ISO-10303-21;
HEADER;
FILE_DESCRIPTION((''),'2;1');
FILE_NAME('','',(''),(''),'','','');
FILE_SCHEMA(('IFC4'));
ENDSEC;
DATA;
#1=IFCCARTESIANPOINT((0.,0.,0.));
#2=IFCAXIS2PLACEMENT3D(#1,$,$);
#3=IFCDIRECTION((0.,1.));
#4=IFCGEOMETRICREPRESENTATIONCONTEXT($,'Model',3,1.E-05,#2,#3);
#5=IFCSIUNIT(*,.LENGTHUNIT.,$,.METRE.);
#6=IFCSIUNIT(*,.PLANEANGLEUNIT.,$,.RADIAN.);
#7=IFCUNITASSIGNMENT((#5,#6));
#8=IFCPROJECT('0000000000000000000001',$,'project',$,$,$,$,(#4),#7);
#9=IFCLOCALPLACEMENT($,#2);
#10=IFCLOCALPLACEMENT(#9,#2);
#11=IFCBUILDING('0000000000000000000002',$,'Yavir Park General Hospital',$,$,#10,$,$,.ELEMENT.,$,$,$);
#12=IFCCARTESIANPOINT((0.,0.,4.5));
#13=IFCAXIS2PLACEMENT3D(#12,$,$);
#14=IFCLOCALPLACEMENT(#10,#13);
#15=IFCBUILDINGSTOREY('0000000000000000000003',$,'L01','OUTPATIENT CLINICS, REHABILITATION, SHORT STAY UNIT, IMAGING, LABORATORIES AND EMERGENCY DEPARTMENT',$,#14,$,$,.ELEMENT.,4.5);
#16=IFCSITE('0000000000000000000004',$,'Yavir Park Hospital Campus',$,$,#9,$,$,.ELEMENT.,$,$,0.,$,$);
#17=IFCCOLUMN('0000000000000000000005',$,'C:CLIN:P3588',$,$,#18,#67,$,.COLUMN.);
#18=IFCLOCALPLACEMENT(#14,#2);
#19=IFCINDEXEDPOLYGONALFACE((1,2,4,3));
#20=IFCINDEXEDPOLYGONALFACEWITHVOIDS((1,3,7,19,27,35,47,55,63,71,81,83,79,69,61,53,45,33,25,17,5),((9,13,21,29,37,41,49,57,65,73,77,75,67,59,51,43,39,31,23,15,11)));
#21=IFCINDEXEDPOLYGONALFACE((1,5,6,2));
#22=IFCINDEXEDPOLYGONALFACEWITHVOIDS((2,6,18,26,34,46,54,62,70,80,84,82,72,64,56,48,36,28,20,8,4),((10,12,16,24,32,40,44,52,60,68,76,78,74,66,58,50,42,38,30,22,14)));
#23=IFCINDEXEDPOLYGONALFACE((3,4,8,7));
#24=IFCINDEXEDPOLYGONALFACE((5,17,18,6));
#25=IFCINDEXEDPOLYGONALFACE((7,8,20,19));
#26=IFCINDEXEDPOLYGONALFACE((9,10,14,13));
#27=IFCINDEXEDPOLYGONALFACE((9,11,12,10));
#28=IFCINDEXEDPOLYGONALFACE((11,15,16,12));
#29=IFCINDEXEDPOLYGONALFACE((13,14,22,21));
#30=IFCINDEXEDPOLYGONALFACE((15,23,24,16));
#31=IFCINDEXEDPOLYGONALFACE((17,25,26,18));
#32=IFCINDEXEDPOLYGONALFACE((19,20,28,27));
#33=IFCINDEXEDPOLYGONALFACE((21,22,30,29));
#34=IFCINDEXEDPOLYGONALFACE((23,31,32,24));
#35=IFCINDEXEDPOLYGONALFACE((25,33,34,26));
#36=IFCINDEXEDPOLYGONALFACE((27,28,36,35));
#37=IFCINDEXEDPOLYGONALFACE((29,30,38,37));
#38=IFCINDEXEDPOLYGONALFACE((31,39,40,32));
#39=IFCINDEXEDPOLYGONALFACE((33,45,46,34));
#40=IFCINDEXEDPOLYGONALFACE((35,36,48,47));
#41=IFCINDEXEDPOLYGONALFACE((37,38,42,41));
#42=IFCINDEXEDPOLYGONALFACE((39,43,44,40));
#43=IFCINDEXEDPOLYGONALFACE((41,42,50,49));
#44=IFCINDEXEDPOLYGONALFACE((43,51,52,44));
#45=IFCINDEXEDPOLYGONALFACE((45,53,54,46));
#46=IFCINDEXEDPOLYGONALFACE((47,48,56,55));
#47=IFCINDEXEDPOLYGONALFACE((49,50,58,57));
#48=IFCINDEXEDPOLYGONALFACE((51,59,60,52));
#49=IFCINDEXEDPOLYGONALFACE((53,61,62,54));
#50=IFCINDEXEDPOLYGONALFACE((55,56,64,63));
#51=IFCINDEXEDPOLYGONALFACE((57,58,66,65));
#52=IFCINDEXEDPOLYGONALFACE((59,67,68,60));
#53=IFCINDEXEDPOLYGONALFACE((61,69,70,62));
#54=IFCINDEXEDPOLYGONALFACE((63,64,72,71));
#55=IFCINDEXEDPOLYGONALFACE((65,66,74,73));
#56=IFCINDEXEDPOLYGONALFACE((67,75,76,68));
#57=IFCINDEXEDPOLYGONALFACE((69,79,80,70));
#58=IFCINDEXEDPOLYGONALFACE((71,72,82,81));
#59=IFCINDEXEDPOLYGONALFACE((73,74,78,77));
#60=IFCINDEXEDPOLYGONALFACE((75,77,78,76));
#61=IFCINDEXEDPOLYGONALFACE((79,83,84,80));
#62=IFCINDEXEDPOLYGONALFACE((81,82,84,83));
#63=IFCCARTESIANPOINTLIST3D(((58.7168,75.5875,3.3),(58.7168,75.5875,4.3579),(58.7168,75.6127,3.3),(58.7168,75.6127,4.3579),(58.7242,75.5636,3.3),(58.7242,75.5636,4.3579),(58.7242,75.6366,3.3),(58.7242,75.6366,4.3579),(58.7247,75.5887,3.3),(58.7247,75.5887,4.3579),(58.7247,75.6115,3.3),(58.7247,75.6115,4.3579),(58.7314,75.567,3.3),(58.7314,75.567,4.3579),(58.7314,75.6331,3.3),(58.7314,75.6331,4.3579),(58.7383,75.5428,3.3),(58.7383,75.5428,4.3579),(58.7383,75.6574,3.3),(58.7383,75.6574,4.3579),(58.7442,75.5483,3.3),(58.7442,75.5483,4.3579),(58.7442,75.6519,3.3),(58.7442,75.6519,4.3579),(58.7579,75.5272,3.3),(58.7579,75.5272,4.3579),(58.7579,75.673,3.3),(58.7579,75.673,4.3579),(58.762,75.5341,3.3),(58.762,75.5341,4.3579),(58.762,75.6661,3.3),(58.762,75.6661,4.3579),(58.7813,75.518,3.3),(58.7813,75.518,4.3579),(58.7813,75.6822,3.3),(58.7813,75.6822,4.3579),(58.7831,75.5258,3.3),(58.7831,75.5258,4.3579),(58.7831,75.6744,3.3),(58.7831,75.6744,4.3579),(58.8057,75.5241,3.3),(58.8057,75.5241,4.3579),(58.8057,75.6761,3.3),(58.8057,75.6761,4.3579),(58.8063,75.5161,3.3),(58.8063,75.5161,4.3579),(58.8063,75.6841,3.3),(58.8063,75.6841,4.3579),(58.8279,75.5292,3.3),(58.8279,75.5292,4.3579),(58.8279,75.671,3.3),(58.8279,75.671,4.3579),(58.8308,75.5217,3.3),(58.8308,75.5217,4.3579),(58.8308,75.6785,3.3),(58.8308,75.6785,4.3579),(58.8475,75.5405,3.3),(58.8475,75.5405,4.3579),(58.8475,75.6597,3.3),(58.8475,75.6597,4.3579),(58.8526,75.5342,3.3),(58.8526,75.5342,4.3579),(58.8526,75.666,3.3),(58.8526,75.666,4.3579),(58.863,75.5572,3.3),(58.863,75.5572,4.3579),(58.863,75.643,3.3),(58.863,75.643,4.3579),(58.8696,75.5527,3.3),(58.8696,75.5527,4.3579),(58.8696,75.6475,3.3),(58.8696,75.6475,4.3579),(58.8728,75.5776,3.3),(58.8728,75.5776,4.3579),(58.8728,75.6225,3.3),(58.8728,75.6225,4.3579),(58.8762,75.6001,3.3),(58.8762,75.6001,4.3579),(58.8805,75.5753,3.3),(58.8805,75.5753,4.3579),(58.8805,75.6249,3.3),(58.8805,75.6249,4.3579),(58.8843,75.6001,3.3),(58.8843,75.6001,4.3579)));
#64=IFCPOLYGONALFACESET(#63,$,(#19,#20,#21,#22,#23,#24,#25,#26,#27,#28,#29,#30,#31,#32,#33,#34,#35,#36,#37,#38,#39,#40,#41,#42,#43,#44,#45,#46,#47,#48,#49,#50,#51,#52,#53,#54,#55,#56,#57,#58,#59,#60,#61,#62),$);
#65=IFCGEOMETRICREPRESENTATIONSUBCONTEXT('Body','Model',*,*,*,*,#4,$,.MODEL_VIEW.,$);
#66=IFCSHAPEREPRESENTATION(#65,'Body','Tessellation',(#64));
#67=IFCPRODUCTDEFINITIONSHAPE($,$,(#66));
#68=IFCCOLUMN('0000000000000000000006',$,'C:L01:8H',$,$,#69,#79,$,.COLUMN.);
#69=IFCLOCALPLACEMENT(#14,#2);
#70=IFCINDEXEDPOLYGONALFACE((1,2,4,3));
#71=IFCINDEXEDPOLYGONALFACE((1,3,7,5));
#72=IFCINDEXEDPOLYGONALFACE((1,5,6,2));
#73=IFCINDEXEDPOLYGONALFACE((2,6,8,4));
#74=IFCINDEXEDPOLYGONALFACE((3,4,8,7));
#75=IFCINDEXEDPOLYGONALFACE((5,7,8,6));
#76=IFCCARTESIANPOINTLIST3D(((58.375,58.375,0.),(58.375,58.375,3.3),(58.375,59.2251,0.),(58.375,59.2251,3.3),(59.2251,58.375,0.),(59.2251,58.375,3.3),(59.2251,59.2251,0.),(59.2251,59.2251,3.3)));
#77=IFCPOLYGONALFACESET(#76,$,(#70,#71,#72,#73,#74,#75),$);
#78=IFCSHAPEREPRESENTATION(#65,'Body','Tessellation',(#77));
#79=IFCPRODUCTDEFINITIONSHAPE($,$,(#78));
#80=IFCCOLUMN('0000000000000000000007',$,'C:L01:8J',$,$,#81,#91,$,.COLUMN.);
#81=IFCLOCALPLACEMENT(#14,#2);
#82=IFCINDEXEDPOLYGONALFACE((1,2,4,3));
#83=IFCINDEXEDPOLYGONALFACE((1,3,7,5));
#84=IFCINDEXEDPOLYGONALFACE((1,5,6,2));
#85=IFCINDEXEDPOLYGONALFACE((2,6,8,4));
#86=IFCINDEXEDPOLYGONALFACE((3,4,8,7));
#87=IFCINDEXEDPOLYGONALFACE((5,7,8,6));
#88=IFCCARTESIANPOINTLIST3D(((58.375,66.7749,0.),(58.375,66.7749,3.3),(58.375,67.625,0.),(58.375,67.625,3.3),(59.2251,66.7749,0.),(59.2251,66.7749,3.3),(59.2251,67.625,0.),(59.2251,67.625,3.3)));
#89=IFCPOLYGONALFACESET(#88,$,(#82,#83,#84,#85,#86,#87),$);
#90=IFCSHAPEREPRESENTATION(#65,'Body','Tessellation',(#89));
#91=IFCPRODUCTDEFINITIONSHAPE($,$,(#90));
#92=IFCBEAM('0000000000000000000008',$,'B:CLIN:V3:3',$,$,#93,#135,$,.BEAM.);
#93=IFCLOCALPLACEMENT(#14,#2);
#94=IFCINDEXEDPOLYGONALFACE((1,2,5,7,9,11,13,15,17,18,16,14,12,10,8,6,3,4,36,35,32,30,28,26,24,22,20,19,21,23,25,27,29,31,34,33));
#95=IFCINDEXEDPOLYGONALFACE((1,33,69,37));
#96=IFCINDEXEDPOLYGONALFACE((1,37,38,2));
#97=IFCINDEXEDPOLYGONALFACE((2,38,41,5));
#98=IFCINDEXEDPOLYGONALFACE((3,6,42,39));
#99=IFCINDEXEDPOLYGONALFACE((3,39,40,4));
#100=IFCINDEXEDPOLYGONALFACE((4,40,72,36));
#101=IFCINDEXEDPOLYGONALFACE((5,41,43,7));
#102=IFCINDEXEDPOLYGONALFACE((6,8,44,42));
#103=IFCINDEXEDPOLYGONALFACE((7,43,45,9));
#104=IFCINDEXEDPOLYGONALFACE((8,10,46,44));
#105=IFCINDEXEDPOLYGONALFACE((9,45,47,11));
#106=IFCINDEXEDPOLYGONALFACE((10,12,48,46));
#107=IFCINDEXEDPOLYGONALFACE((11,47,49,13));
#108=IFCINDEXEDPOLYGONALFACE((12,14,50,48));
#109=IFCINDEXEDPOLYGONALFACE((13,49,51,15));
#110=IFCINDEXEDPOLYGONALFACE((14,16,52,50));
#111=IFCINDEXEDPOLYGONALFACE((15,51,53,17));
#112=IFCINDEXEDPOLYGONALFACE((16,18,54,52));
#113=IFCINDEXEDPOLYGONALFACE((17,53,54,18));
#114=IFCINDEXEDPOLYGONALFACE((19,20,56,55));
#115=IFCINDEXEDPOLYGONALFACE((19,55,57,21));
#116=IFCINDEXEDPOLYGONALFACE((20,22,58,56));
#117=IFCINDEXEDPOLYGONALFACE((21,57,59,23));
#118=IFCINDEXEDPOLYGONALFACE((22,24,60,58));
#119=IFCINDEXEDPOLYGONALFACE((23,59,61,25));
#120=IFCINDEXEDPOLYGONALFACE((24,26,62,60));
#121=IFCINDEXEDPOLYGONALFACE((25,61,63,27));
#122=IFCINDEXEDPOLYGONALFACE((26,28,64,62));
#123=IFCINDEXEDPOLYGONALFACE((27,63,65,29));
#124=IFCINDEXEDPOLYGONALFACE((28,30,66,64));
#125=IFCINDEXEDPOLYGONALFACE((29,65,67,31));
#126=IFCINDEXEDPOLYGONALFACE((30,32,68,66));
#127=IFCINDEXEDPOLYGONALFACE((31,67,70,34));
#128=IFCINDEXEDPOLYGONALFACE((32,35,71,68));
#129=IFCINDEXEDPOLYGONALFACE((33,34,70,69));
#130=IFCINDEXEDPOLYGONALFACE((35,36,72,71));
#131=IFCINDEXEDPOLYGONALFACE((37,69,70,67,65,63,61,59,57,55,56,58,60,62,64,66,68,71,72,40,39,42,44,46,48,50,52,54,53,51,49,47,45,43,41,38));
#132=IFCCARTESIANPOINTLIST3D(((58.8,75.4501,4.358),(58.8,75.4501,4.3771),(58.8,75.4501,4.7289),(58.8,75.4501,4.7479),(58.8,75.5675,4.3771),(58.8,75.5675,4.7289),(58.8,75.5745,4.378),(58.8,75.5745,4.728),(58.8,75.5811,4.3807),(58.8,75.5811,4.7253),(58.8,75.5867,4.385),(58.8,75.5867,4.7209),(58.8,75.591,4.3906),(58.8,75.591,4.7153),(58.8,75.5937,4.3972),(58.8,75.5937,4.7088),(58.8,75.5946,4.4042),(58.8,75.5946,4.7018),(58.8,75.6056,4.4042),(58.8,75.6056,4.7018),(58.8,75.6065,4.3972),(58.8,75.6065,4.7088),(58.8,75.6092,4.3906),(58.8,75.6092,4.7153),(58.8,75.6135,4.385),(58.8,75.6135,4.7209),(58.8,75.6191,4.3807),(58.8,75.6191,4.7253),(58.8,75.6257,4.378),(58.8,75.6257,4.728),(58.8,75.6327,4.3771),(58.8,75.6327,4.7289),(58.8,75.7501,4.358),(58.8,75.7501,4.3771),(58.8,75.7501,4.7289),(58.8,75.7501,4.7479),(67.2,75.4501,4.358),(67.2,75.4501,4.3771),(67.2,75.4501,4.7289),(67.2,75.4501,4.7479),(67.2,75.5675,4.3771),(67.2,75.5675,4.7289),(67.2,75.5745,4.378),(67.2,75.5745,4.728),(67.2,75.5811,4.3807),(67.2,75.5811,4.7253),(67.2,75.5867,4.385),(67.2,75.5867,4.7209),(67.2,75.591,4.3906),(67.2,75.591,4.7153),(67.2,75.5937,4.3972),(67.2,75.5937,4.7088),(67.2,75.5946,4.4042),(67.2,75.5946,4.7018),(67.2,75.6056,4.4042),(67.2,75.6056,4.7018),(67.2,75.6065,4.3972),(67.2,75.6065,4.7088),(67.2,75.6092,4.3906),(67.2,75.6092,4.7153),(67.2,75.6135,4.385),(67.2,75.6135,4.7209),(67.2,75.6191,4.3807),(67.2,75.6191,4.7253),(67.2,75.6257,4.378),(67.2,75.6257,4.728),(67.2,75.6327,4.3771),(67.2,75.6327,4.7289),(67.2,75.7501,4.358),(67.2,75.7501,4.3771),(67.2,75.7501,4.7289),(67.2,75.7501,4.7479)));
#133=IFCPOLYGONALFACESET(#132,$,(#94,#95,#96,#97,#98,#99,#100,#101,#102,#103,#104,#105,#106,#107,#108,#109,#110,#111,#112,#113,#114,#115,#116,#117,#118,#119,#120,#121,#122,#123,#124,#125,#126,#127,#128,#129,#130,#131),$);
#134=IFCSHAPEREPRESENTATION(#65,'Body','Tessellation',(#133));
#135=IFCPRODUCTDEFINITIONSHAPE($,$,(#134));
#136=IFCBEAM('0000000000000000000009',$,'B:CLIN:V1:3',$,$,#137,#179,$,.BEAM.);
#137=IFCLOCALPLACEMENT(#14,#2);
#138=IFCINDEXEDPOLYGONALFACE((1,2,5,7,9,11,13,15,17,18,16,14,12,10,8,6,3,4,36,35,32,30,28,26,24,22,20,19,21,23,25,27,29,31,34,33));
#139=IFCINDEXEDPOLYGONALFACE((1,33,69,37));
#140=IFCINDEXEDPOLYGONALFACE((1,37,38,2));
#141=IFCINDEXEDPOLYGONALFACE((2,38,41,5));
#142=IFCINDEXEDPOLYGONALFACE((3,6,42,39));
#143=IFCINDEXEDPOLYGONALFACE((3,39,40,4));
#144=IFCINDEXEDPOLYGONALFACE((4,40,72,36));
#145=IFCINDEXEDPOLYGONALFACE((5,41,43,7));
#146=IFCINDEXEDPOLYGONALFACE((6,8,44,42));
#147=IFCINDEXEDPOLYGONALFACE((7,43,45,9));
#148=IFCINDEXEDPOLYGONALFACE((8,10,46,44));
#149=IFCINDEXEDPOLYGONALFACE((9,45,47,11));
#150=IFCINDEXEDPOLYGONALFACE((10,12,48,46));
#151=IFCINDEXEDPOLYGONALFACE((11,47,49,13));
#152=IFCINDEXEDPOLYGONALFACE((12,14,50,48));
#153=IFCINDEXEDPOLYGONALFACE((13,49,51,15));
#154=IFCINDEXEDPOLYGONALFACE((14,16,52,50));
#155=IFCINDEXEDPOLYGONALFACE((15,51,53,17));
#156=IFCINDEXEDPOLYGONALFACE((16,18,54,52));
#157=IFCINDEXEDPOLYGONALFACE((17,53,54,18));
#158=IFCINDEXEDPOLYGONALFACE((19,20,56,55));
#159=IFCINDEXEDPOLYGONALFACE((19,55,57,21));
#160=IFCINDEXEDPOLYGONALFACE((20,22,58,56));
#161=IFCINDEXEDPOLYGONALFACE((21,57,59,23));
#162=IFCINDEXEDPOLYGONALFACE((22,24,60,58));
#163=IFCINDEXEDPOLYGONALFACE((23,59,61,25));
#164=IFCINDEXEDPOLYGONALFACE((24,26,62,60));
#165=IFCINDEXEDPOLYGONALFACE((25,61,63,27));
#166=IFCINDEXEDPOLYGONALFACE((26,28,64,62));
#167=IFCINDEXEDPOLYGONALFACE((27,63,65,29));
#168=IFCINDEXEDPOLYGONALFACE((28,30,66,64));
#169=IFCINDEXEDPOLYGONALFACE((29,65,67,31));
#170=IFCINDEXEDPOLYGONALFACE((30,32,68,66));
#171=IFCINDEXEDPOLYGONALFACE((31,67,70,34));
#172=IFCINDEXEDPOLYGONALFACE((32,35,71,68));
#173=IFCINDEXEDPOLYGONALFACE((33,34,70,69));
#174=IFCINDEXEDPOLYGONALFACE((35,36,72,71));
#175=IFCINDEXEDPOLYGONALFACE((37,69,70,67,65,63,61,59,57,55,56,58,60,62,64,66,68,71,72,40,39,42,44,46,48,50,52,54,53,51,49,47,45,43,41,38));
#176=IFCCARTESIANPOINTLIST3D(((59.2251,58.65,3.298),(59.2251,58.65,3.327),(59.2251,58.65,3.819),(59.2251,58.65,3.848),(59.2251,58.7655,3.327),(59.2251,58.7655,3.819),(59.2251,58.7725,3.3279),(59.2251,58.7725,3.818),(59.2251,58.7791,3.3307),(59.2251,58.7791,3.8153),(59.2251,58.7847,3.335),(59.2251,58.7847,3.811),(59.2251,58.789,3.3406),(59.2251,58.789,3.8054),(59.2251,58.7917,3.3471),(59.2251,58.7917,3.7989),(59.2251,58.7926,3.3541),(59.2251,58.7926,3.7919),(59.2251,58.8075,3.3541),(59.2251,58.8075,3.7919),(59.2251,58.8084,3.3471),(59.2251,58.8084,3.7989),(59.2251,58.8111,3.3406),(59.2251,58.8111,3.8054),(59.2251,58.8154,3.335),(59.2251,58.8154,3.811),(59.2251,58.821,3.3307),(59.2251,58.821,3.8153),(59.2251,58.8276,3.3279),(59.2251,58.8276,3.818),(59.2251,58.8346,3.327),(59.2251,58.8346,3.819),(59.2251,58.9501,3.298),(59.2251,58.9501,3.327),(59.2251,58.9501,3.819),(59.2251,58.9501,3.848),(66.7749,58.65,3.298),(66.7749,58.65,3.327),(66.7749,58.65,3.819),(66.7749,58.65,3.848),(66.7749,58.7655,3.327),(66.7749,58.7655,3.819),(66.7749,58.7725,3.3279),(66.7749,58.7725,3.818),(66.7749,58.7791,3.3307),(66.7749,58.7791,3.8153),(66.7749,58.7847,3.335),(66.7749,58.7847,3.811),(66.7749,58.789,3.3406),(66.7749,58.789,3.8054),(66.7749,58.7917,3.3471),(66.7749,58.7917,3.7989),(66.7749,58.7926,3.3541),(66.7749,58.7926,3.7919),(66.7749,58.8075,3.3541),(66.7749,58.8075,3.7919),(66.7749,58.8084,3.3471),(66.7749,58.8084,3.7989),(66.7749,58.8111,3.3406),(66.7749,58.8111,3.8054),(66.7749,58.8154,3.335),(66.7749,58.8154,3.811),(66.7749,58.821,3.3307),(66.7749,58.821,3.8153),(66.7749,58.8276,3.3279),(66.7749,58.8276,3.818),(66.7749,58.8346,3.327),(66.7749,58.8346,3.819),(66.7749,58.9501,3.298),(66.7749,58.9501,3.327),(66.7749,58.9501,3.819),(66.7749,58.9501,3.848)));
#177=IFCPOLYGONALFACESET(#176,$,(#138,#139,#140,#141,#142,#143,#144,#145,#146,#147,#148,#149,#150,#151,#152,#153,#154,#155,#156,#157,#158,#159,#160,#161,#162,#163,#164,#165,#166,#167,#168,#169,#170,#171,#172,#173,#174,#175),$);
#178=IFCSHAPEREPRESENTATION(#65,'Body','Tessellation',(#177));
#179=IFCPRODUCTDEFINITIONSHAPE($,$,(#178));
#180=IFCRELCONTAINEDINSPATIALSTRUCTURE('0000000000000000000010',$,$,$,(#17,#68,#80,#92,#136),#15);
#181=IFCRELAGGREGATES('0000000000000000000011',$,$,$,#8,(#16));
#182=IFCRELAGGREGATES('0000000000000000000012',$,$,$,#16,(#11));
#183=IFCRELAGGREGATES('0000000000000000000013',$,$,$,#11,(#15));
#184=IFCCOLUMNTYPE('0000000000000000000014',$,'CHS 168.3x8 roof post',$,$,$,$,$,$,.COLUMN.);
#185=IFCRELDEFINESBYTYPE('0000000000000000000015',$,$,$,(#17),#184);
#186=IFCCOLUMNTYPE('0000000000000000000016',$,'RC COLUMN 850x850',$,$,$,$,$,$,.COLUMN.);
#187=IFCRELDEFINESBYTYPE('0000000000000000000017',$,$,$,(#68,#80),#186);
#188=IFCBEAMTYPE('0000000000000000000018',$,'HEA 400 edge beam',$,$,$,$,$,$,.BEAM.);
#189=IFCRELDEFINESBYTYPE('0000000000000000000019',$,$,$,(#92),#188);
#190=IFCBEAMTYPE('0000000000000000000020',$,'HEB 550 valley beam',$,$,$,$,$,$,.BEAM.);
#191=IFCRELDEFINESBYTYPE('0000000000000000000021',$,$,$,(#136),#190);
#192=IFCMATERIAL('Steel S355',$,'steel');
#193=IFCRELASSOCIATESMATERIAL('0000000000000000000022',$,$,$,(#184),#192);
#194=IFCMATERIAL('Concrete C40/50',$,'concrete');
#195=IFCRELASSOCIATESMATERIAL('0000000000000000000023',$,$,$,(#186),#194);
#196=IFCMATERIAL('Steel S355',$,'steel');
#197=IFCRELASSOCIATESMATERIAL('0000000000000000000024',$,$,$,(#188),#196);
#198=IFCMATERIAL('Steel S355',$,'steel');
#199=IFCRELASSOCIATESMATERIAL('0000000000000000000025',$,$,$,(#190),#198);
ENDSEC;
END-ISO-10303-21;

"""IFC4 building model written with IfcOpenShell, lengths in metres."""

from ifc_helpers import new_model, si_unit, direction, frame, origin, origin_2d, place, context, subcontext, project, spatial, rectangle, hollow_circle, i_section, extrude, material, material_profile, profile_set, type_object, element, save


model = new_model("IFC4")

# Units and contexts
model_context = context("Model", 3, precision=1e-05, world=origin(), true_north=direction((0.0, 1.0)))
body_context = subcontext(model_context, "Body", "Model", "MODEL_VIEW")
ifc_project = project(units=[si_unit("LENGTHUNIT", "METRE"), si_unit("PLANEANGLEUNIT", "RADIAN")], contexts=[model_context])

# Site, building, storey
site_placement = place(None, origin())
site = spatial("IfcSite", under=ifc_project, at=site_placement, Name="Yavir Park Hospital Campus", CompositionType="ELEMENT", RefElevation=0.0)
building_placement = place(site_placement, origin())
building = spatial("IfcBuilding", under=site, at=building_placement, Name="Yavir Park General Hospital", CompositionType="ELEMENT")
storey_placement = place(building_placement, frame((0.0, 0.0, 4.5)))
storey = spatial("IfcBuildingStorey", under=building, at=storey_placement, Name="L01", Description="OUTPATIENT CLINICS, REHABILITATION, SHORT STAY UNIT, IMAGING, LABORATORIES AND EMERGENCY DEPARTMENT", CompositionType="ELEMENT", Elevation=4.5)

# Columns
ifc_material_1 = material(Name="Steel S355", Category="steel")
ifc_material_profile_1 = material_profile(ifc_material_1, hollow_circle(Radius=0.0842, WallThickness=0.0081, at=origin_2d()), Name="CHS168.3x8")
ifc_profile_set_1 = profile_set([ifc_material_profile_1], Name="Steel S355")
column_type_1 = type_object("IfcColumnType", Name="CHS 168.3x8 roof post", PredefinedType="COLUMN", material=ifc_profile_set_1)
column_placement = place(storey_placement, frame((58.8, 75.6001, 3.3), z_axis=(0.0, 0.0, 1.0), x_axis=(1.0, 0.0, 0.0)))
element("IfcColumn", 1, at=column_placement, inside=storey, type_object=column_type_1, Name="C:CLIN:P3588", PredefinedType="COLUMN", context=body_context, shape_type="SweptSolid", body=[
    extrude(hollow_circle(Radius=0.0842, WallThickness=0.0081, at=origin_2d()), origin(), (0.0, 0.0, 1.0), 1.0579),
])
ifc_material_2 = material(Name="Concrete C40/50", Category="concrete")
ifc_material_profile_2 = material_profile(ifc_material_2, rectangle(XDim=0.8501, YDim=0.8501, at=origin_2d()), Name="RC850x850")
ifc_profile_set_2 = profile_set([ifc_material_profile_2], Name="Concrete C40/50")
column_type_2 = type_object("IfcColumnType", Name="RC COLUMN 850x850", PredefinedType="COLUMN", material=ifc_profile_set_2)
for number, where, z_axis, x_axis, name in (
    (2, (58.8, 58.8, 0.0), (0.0, 0.0, 1.0), (1.0, 0.0, 0.0), "C:L01:8H"),
    (3, (58.8, 67.2, 0.0), (0.0, 0.0, 1.0), (1.0, 0.0, 0.0), "C:L01:8J"),
):
    element("IfcColumn", number, at=place(storey_placement, frame(where, z_axis=z_axis, x_axis=x_axis)), inside=storey, type_object=column_type_2, Name=name, PredefinedType="COLUMN", context=body_context, shape_type="SweptSolid", body=[
        extrude(rectangle(XDim=0.8501, YDim=0.8501, at=origin_2d()), origin(), (0.0, 0.0, 1.0), 3.3),
    ])

# Beams
ifc_material_3 = material(Name="Steel S355", Category="steel")
ifc_material_profile_3 = material_profile(ifc_material_3, i_section(OverallWidth=0.3, OverallDepth=0.3899, WebThickness=0.011, FlangeThickness=0.019, FilletRadius=0.0271, at=origin_2d()), Name="HEA400")
ifc_profile_set_3 = profile_set([ifc_material_profile_3], Name="Steel S355")
beam_type_1 = type_object("IfcBeamType", Name="HEA 400 edge beam", PredefinedType="BEAM", material=ifc_profile_set_3)
beam_placement = place(storey_placement, frame((58.8, 75.6001, 4.553), z_axis=(1.0, 0.0, 0.0), x_axis=(0.0, 1.0, 0.0)))
element("IfcBeam", 4, at=beam_placement, inside=storey, type_object=beam_type_1, Name="B:CLIN:V3:3", PredefinedType="BEAM", context=body_context, shape_type="SweptSolid", body=[
    extrude(i_section(OverallWidth=0.3, OverallDepth=0.3899, WebThickness=0.011, FlangeThickness=0.019, FilletRadius=0.0271, at=origin_2d()), origin(), (0.0, 0.0, 1.0), 8.3999),
])
ifc_material_4 = material(Name="Steel S355", Category="steel")
ifc_material_profile_4 = material_profile(ifc_material_4, i_section(OverallWidth=0.3, OverallDepth=0.55, WebThickness=0.0149, FlangeThickness=0.0291, FilletRadius=0.0271, at=origin_2d()), Name="HEB550")
ifc_profile_set_4 = profile_set([ifc_material_profile_4], Name="Steel S355")
beam_type_2 = type_object("IfcBeamType", Name="HEB 550 valley beam", PredefinedType="BEAM", material=ifc_profile_set_4)
for number, where, z_axis, x_axis, name in (
    (5, (59.2251, 58.8, 3.573), (1.0, 0.0, 0.0), (0.0, 1.0, 0.0), "B:CLIN:V1:3"),
):
    element("IfcBeam", number, at=place(storey_placement, frame(where, z_axis=z_axis, x_axis=x_axis)), inside=storey, type_object=beam_type_2, Name=name, PredefinedType="BEAM", context=body_context, shape_type="SweptSolid", body=[
        extrude(i_section(OverallWidth=0.3, OverallDepth=0.55, WebThickness=0.0149, FlangeThickness=0.0291, FilletRadius=0.0271, at=origin_2d()), origin(), (0.0, 0.0, 1.0), 7.5498),
    ])

save(model, "model.ifc")
